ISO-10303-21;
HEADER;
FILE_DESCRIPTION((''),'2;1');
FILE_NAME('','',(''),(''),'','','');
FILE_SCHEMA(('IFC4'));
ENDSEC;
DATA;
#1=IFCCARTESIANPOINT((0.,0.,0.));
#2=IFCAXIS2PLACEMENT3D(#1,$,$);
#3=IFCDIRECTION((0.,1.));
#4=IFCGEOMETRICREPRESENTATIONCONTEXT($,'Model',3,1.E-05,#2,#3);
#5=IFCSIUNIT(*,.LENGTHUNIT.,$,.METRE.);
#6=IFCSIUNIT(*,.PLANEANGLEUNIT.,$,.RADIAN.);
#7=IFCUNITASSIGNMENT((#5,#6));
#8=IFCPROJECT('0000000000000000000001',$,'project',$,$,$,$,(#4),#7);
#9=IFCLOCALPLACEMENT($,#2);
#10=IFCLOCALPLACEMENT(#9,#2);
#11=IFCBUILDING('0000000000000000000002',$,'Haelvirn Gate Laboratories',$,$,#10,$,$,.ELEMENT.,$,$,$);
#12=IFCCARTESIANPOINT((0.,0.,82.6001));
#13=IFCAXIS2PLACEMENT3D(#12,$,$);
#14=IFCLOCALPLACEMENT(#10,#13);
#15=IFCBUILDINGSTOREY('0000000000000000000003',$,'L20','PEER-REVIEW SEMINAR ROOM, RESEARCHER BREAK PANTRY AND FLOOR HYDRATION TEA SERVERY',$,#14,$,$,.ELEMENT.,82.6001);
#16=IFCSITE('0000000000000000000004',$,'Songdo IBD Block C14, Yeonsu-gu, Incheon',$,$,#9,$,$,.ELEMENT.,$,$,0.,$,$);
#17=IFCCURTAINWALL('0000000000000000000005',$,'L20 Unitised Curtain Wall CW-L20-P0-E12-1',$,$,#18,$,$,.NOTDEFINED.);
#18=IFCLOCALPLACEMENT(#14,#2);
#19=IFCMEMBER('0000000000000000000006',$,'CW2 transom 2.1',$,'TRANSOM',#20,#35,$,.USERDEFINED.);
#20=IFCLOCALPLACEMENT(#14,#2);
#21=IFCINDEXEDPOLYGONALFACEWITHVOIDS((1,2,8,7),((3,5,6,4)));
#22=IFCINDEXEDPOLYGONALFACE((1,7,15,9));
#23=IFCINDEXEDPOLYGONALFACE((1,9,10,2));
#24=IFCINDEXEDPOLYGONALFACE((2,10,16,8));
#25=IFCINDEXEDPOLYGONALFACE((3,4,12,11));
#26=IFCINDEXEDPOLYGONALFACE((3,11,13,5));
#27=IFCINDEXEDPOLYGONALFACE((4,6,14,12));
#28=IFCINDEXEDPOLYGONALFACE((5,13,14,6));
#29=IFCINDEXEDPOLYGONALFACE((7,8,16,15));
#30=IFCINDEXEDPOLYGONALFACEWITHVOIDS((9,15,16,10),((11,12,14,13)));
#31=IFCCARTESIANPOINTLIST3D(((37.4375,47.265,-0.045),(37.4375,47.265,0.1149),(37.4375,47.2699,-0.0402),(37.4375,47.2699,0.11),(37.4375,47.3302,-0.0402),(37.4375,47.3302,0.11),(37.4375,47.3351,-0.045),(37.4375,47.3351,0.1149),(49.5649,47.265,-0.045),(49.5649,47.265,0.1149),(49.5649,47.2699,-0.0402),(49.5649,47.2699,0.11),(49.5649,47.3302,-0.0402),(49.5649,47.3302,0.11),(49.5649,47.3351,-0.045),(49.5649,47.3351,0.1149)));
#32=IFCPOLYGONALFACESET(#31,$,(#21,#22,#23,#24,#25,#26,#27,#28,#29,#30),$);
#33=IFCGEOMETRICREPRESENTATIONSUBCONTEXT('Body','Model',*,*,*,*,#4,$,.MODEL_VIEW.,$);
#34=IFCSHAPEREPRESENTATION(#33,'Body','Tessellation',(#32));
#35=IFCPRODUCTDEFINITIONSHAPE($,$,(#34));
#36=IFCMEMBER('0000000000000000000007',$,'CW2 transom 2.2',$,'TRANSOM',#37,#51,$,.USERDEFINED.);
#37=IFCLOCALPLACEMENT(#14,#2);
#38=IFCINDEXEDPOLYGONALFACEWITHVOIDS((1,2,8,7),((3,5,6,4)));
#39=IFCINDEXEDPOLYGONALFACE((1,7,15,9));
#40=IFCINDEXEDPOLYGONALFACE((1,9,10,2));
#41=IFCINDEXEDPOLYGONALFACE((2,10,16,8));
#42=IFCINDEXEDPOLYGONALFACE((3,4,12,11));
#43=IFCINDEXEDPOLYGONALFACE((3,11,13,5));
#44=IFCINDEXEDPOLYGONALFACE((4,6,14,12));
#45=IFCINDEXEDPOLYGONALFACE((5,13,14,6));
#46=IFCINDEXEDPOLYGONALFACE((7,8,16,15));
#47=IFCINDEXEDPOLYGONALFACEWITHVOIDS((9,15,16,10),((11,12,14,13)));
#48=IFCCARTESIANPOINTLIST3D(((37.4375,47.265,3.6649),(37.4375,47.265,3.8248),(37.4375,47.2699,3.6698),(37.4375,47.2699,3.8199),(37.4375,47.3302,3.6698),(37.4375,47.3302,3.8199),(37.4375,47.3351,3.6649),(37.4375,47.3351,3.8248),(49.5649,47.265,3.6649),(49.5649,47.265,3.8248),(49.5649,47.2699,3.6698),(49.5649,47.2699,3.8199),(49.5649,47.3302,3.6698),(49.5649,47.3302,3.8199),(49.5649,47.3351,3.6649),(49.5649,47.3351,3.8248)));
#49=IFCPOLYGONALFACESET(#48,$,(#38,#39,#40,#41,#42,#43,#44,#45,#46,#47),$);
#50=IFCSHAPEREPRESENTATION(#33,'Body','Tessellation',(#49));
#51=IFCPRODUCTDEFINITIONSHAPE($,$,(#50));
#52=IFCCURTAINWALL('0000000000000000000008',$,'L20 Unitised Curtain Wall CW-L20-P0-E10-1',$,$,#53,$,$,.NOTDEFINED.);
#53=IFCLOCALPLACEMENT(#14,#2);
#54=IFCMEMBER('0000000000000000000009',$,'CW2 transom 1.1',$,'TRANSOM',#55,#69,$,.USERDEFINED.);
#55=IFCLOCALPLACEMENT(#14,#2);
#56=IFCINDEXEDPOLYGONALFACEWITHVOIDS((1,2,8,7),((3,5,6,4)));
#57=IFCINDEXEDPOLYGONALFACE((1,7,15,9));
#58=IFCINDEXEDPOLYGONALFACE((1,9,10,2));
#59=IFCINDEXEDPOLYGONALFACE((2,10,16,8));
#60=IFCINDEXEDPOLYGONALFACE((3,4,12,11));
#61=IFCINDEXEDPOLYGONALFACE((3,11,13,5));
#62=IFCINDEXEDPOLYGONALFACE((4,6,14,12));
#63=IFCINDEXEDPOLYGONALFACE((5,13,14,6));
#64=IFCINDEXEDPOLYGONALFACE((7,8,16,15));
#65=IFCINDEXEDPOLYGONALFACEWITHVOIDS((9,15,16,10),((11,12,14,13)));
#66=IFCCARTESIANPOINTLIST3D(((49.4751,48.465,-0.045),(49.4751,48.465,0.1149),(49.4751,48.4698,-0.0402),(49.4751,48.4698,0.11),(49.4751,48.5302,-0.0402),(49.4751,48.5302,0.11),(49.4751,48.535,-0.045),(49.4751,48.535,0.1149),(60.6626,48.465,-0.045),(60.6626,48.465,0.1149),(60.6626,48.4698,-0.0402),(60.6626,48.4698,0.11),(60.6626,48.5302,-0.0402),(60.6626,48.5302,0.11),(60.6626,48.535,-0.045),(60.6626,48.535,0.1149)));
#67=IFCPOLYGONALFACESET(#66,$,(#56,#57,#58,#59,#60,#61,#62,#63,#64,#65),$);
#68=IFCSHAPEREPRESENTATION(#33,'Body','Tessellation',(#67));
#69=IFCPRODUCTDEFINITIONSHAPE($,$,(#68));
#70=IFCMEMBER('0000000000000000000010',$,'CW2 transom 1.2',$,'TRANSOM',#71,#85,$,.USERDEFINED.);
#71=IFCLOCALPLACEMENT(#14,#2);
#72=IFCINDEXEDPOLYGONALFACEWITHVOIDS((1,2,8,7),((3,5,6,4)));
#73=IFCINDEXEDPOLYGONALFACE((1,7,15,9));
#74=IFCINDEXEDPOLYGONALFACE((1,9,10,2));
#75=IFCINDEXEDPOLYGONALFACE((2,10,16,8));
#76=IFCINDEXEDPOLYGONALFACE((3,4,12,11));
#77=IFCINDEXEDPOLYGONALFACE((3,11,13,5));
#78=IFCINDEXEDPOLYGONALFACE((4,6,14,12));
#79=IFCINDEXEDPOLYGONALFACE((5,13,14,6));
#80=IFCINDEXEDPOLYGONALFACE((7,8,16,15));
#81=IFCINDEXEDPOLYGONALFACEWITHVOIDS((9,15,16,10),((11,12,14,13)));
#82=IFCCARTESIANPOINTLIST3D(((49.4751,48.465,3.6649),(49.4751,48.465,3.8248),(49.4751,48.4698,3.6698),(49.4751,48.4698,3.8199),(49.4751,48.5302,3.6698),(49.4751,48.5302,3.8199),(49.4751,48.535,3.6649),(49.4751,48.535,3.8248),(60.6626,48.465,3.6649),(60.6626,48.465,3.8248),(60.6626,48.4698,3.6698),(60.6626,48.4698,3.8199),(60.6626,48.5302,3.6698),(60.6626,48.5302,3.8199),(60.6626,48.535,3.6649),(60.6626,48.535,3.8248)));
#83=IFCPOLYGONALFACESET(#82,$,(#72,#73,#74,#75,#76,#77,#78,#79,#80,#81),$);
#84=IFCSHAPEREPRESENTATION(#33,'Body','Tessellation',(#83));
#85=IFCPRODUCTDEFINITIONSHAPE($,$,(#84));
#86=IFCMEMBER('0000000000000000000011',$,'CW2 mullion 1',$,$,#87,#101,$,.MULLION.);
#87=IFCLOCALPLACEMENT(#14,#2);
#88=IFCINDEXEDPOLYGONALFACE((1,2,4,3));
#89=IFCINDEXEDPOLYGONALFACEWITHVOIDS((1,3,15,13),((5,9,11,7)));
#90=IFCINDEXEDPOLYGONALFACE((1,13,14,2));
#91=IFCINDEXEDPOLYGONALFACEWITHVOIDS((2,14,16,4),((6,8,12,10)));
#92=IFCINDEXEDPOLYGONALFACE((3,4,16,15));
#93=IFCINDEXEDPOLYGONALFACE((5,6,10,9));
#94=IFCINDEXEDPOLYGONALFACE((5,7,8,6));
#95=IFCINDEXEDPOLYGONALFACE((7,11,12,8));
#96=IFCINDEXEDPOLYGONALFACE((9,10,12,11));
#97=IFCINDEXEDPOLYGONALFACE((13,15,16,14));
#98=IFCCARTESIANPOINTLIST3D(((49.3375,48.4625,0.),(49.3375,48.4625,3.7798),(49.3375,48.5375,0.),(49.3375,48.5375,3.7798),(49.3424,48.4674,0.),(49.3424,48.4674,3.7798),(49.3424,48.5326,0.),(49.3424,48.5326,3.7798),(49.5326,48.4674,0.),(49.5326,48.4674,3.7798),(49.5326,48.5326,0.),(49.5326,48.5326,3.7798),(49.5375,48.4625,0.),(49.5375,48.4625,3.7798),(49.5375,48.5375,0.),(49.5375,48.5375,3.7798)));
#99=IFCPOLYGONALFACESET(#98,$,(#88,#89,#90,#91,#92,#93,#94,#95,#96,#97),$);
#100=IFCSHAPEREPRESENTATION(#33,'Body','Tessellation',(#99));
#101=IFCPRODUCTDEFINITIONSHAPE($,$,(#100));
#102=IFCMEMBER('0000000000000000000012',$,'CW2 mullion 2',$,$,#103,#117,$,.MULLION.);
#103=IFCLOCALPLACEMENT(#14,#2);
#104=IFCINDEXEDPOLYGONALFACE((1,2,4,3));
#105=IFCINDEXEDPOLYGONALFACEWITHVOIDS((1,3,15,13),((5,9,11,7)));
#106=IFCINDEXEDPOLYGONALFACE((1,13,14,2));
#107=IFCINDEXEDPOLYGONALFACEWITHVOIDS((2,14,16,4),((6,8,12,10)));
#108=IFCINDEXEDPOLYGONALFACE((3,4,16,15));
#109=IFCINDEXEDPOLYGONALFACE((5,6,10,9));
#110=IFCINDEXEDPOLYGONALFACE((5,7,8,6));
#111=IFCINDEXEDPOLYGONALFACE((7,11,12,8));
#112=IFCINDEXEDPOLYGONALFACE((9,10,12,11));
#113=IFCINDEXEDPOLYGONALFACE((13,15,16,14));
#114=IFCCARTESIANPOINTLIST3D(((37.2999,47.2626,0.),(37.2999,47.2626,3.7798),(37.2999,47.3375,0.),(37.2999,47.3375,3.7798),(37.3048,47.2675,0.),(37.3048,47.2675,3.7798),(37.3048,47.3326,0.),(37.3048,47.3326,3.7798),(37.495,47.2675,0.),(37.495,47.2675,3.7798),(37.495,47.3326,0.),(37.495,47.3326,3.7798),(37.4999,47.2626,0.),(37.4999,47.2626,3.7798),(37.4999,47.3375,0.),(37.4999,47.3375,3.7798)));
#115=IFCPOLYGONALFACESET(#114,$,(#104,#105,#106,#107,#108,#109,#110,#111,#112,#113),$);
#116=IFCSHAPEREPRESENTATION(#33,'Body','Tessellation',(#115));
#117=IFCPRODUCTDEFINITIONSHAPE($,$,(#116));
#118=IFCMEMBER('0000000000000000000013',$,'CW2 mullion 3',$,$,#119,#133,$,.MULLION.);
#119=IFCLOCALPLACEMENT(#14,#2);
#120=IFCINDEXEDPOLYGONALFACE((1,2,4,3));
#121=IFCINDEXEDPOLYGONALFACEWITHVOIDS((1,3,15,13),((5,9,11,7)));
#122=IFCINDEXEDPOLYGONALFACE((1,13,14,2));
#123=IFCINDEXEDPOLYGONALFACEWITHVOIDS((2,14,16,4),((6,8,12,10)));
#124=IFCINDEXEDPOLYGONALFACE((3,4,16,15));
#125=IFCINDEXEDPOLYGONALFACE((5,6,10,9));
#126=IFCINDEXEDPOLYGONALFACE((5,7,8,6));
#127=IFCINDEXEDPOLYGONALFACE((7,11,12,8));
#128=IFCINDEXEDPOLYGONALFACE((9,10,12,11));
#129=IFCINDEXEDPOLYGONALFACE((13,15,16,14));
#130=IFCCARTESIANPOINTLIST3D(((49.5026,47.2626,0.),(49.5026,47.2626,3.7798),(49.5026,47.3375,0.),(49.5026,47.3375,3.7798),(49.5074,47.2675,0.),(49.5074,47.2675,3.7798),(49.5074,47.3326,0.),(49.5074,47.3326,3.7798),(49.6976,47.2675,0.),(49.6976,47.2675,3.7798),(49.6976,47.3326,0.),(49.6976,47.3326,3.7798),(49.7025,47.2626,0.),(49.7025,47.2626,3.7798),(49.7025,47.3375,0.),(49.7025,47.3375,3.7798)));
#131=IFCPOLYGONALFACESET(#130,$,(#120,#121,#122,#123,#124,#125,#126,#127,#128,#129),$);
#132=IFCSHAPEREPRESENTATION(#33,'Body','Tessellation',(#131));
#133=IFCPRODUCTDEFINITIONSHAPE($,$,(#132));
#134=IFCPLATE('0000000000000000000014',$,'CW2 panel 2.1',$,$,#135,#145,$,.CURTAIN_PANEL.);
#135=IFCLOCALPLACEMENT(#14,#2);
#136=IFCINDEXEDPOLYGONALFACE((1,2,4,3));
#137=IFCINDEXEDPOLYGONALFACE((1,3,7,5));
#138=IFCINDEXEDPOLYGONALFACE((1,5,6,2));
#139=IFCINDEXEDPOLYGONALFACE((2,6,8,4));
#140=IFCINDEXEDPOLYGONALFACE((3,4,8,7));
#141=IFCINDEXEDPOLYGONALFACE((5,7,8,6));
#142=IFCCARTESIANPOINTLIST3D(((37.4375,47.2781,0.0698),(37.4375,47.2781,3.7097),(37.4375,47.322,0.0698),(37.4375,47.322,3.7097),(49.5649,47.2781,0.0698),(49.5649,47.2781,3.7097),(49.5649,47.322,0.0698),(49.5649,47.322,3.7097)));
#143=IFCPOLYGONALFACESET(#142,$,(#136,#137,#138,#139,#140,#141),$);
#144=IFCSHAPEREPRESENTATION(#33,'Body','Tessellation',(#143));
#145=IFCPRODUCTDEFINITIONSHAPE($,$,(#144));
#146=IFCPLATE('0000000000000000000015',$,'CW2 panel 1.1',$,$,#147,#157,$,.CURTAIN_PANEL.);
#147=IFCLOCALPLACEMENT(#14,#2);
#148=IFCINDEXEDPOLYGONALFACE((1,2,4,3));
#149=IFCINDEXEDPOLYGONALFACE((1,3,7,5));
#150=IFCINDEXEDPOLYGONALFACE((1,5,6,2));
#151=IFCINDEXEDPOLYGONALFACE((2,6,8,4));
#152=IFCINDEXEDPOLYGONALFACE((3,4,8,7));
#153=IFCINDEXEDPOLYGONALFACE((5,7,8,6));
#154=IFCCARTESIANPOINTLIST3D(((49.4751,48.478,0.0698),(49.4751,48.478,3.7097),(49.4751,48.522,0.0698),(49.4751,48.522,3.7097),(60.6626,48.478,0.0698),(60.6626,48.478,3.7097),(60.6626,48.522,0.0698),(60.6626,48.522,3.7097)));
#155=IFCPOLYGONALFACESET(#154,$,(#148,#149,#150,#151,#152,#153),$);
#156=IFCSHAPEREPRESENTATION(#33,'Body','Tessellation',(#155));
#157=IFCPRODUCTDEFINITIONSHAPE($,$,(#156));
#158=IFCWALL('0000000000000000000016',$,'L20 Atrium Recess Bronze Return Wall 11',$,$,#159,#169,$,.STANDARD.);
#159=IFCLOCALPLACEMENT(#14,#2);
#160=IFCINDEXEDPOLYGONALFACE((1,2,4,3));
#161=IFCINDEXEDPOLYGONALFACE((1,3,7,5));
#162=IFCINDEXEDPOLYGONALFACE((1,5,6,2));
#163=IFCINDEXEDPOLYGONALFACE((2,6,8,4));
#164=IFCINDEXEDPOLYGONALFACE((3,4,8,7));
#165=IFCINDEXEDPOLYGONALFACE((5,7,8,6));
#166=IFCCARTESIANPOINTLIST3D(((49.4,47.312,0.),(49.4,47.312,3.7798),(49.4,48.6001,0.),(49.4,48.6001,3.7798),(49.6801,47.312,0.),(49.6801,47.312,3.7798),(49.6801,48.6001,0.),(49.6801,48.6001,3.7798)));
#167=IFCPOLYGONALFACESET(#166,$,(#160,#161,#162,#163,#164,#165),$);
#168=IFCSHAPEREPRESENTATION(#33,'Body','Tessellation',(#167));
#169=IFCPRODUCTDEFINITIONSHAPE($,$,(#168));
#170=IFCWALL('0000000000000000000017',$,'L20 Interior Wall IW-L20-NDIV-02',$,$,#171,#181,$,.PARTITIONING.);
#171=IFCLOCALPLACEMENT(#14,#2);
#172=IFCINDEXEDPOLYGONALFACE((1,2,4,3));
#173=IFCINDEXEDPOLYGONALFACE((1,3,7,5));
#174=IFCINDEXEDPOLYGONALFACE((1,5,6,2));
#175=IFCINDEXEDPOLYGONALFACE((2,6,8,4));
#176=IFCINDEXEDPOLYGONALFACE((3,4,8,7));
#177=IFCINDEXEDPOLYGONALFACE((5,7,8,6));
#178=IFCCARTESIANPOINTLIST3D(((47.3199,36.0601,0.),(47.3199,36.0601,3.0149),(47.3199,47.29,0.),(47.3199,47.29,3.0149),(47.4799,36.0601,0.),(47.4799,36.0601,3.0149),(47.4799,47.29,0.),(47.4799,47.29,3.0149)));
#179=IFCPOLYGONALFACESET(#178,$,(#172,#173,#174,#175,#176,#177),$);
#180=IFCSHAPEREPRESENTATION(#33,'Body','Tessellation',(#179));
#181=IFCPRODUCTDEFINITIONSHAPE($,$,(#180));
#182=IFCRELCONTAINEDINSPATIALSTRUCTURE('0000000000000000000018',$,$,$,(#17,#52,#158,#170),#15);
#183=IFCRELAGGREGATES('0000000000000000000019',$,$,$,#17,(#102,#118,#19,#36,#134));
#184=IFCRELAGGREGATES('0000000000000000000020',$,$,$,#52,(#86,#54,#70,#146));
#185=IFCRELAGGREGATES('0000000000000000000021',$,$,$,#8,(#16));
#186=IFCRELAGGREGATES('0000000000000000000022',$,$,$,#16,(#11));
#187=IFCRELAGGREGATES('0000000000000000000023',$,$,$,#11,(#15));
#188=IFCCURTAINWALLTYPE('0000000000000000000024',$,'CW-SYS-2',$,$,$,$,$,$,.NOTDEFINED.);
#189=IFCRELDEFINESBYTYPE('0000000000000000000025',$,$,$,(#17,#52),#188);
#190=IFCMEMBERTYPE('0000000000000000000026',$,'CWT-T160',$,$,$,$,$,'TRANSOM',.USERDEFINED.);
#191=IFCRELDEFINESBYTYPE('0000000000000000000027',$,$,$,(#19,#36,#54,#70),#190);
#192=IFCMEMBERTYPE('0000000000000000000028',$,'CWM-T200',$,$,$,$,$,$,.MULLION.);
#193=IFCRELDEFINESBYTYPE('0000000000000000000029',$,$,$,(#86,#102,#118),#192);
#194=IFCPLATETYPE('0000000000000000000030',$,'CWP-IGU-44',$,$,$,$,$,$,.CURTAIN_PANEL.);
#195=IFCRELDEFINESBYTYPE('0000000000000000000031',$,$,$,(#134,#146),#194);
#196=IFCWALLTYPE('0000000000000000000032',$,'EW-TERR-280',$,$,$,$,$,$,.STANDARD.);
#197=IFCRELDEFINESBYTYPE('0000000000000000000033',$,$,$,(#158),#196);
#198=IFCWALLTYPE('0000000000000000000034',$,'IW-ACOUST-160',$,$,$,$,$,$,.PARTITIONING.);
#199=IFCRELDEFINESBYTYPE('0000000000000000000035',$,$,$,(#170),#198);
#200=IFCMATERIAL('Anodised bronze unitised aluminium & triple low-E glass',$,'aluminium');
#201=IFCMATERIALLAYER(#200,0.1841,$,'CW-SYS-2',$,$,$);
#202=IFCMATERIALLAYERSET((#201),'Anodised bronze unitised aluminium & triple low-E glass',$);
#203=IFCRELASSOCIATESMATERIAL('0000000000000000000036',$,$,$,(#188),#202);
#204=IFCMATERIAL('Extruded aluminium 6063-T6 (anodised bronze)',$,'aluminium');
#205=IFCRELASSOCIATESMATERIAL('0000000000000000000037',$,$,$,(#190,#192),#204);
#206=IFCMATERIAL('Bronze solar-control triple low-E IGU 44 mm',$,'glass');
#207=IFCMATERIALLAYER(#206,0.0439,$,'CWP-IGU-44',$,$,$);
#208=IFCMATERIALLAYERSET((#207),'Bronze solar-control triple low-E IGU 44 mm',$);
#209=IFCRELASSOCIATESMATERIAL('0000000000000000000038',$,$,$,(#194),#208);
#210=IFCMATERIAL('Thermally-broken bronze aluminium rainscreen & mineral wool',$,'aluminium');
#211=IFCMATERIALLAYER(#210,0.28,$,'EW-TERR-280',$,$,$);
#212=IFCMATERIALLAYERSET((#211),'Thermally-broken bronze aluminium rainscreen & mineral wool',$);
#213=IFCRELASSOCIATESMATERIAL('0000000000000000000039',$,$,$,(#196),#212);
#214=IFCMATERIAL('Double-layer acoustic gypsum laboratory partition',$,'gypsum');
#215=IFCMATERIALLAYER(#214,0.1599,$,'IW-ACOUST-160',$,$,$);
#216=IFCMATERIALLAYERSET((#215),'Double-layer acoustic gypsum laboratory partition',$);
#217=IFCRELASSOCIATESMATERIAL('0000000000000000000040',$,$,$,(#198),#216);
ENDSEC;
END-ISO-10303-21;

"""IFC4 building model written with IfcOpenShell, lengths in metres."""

from ifc_helpers import new_model, si_unit, direction, frame, frame_2d, origin, origin_2d, place, context, subcontext, project, spatial, rectangle, hollow_rectangle, extrude, source, transform, mapped, material, layer, layer_set, material_profile, profile_set, type_object, type_shapes, element, aggregate, save


model = new_model("IFC4")

# Units and contexts
model_context = context("Model", 3, precision=1e-05, world=origin(), true_north=direction((0.0, 1.0)))
body_context = subcontext(model_context, "Body", "Model", "MODEL_VIEW")
ifc_project = project(units=[si_unit("LENGTHUNIT", "METRE"), si_unit("PLANEANGLEUNIT", "RADIAN")], contexts=[model_context])

# Site, building, storey
site_placement = place(None, origin())
site = spatial("IfcSite", under=ifc_project, at=site_placement, Name="Songdo IBD Block C14, Yeonsu-gu, Incheon", CompositionType="ELEMENT", RefElevation=0.0)
building_placement = place(site_placement, origin())
building = spatial("IfcBuilding", under=site, at=building_placement, Name="Haelvirn Gate Laboratories", CompositionType="ELEMENT")
storey_placement = place(building_placement, frame((0.0, 0.0, 82.6001)))
storey = spatial("IfcBuildingStorey", under=building, at=storey_placement, Name="L20", Description="PEER-REVIEW SEMINAR ROOM, RESEARCHER BREAK PANTRY AND FLOOR HYDRATION TEA SERVERY", CompositionType="ELEMENT", Elevation=82.6001)

# Curtain walls, members
ifc_material_1 = material(Name="Anodised bronze unitised aluminium & triple low-E glass", Category="aluminium")
ifc_layer_1 = layer(ifc_material_1, 0.1841, Name="CW-SYS-2")
ifc_layer_set_1 = layer_set([ifc_layer_1], Name="Anodised bronze unitised aluminium & triple low-E glass")
curtain_wall_type = type_object("IfcCurtainWallType", Name="CW-SYS-2", PredefinedType="NOTDEFINED", material=ifc_layer_set_1)
curtain_wall_1_placement = place(storey_placement, origin())
curtain_wall_1 = element("IfcCurtainWall", 1, at=curtain_wall_1_placement, inside=storey, type_object=curtain_wall_type, Name="L20 Unitised Curtain Wall CW-L20-P0-E12-1", PredefinedType="NOTDEFINED")
ifc_material_2 = material(Name="Extruded aluminium 6063-T6 (anodised bronze)", Category="aluminium")
ifc_material_profile_1 = material_profile(ifc_material_2, hollow_rectangle(XDim=0.0701, YDim=0.1599, WallThickness=0.0049, at=origin_2d()), Name="CWT-160x70x5")
ifc_profile_set_1 = profile_set([ifc_material_profile_1], Name="Extruded aluminium 6063-T6 (anodised bronze)")
member_type_1 = type_object("IfcMemberType", Name="CWT-T160", ElementType="TRANSOM", PredefinedType="USERDEFINED", material=ifc_profile_set_1)
shared_shape_1 = source(origin(), body_context, "Body", "SweptSolid", [
    extrude(hollow_rectangle(XDim=0.0701, YDim=0.1599, WallThickness=0.0049, at=origin_2d()), origin(), (0.0, 0.0, 1.0), 12.1274),
])
member_1_placement = place(storey_placement, frame((37.4375, 47.3, 0.0349), z_axis=(1.0, 0.0, 0.0), x_axis=(0.0, 1.0, 0.0)))
member_1 = element("IfcMember", 2, at=member_1_placement, type_object=member_type_1, Name="CW2 transom 2.1", ObjectType="TRANSOM", PredefinedType="USERDEFINED", context=body_context, shape_type="MappedRepresentation", body=[
    mapped(shared_shape_1, transform((0.0, 0.0, 0.0), scale=1.0)),
])
member_2_placement = place(storey_placement, frame((37.4375, 47.3, 3.7449), z_axis=(1.0, 0.0, 0.0), x_axis=(0.0, 1.0, 0.0)))
member_2 = element("IfcMember", 3, at=member_2_placement, type_object=member_type_1, Name="CW2 transom 2.2", ObjectType="TRANSOM", PredefinedType="USERDEFINED", context=body_context, shape_type="MappedRepresentation", body=[
    mapped(shared_shape_1, transform((0.0, 0.0, 0.0), scale=1.0)),
])
curtain_wall_2_placement = place(storey_placement, origin())
curtain_wall_2 = element("IfcCurtainWall", 4, at=curtain_wall_2_placement, inside=storey, type_object=curtain_wall_type, Name="L20 Unitised Curtain Wall CW-L20-P0-E10-1", PredefinedType="NOTDEFINED")
shared_shape_2 = source(origin(), body_context, "Body", "SweptSolid", [
    extrude(hollow_rectangle(XDim=0.0701, YDim=0.1599, WallThickness=0.0049, at=origin_2d()), origin(), (0.0, 0.0, 1.0), 11.1875),
])
type_shapes(member_type_1, [shared_shape_1, shared_shape_2])
member_3_placement = place(storey_placement, frame((49.4751, 48.5, 0.0349), z_axis=(1.0, 0.0, 0.0), x_axis=(0.0, 1.0, 0.0)))
member_3 = element("IfcMember", 5, at=member_3_placement, type_object=member_type_1, Name="CW2 transom 1.1", ObjectType="TRANSOM", PredefinedType="USERDEFINED", context=body_context, shape_type="MappedRepresentation", body=[
    mapped(shared_shape_2, transform((0.0, 0.0, 0.0), scale=1.0)),
])
member_4_placement = place(storey_placement, frame((49.4751, 48.5, 3.7449), z_axis=(1.0, 0.0, 0.0), x_axis=(0.0, 1.0, 0.0)))
member_4 = element("IfcMember", 6, at=member_4_placement, type_object=member_type_1, Name="CW2 transom 1.2", ObjectType="TRANSOM", PredefinedType="USERDEFINED", context=body_context, shape_type="MappedRepresentation", body=[
    mapped(shared_shape_2, transform((0.0, 0.0, 0.0), scale=1.0)),
])
ifc_material_profile_2 = material_profile(ifc_material_2, hollow_rectangle(XDim=0.075, YDim=0.2, WallThickness=0.0049, at=origin_2d()), Name="CWM-200x75x5")
ifc_profile_set_2 = profile_set([ifc_material_profile_2], Name="Extruded aluminium 6063-T6 (anodised bronze)")
member_type_2 = type_object("IfcMemberType", Name="CWM-T200", PredefinedType="MULLION", material=ifc_profile_set_2)
shared_shape_3 = source(origin(), body_context, "Body", "SweptSolid", [
    extrude(hollow_rectangle(XDim=0.075, YDim=0.2, WallThickness=0.0049, at=origin_2d()), origin(), (0.0, 0.0, 1.0), 3.7798),
])
type_shapes(member_type_2, [shared_shape_3])
member_5_placement = place(storey_placement, frame((49.4375, 48.5, 0.0), z_axis=(0.0, 0.0, 1.0), x_axis=(0.0, 1.0, 0.0)))
member_5 = element("IfcMember", 7, at=member_5_placement, type_object=member_type_2, Name="CW2 mullion 1", PredefinedType="MULLION", context=body_context, shape_type="MappedRepresentation", body=[
    mapped(shared_shape_3, transform((0.0, 0.0, 0.0), scale=1.0)),
])

# Members
member_6_placement = place(storey_placement, frame((37.3999, 47.3, 0.0), z_axis=(0.0, 0.0, 1.0), x_axis=(0.0, 1.0, 0.0)))
member_6 = element("IfcMember", 8, at=member_6_placement, type_object=member_type_2, Name="CW2 mullion 2", PredefinedType="MULLION", context=body_context, shape_type="MappedRepresentation", body=[
    mapped(shared_shape_3, transform((0.0, 0.0, 0.0), scale=1.0)),
])
member_7_placement = place(storey_placement, frame((49.6025, 47.3, 0.0), z_axis=(0.0, 0.0, 1.0), x_axis=(0.0, 1.0, 0.0)))
member_7 = element("IfcMember", 9, at=member_7_placement, type_object=member_type_2, Name="CW2 mullion 3", PredefinedType="MULLION", context=body_context, shape_type="MappedRepresentation", body=[
    mapped(shared_shape_3, transform((0.0, 0.0, 0.0), scale=1.0)),
])

# Plates
ifc_material_3 = material(Name="Bronze solar-control triple low-E IGU 44 mm", Category="glass")
ifc_layer_2 = layer(ifc_material_3, 0.0439, Name="CWP-IGU-44")
ifc_layer_set_2 = layer_set([ifc_layer_2], Name="Bronze solar-control triple low-E IGU 44 mm")
plate_type = type_object("IfcPlateType", Name="CWP-IGU-44", PredefinedType="CURTAIN_PANEL", material=ifc_layer_set_2)
shared_shape_4 = source(origin(), body_context, "Body", "SweptSolid", [
    extrude(rectangle(XDim=12.1274, YDim=0.0439, at=origin_2d()), origin(), (0.0, 0.0, 1.0), 3.6399),
])
plate_1_placement = place(storey_placement, frame((43.5012, 47.3, 0.0698), z_axis=(0.0, 0.0, 1.0), x_axis=(1.0, 0.0, 0.0)))
plate_1 = element("IfcPlate", 10, at=plate_1_placement, type_object=plate_type, Name="CW2 panel 2.1", PredefinedType="CURTAIN_PANEL", context=body_context, shape_type="MappedRepresentation", body=[
    mapped(shared_shape_4, transform((0.0, 0.0, 0.0), scale=1.0)),
])
aggregate(curtain_wall_1, [member_6, member_7, member_1, member_2, plate_1])
shared_shape_5 = source(origin(), body_context, "Body", "SweptSolid", [
    extrude(rectangle(XDim=11.1875, YDim=0.0439, at=origin_2d()), origin(), (0.0, 0.0, 1.0), 3.6399),
])
type_shapes(plate_type, [shared_shape_4, shared_shape_5])
plate_2_placement = place(storey_placement, frame((55.0688, 48.5, 0.0698), z_axis=(0.0, 0.0, 1.0), x_axis=(1.0, 0.0, 0.0)))
plate_2 = element("IfcPlate", 11, at=plate_2_placement, type_object=plate_type, Name="CW2 panel 1.1", PredefinedType="CURTAIN_PANEL", context=body_context, shape_type="MappedRepresentation", body=[
    mapped(shared_shape_5, transform((0.0, 0.0, 0.0), scale=1.0)),
])
aggregate(curtain_wall_2, [member_5, member_3, member_4, plate_2])

# Walls
ifc_material_4 = material(Name="Thermally-broken bronze aluminium rainscreen & mineral wool", Category="aluminium")
ifc_layer_3 = layer(ifc_material_4, 0.28, Name="EW-TERR-280")
ifc_layer_set_3 = layer_set([ifc_layer_3], Name="Thermally-broken bronze aluminium rainscreen & mineral wool")
wall_type_1 = type_object("IfcWallType", Name="EW-TERR-280", PredefinedType="STANDARD", material=ifc_layer_set_3)
wall_1_placement = place(storey_placement, frame((49.54, 48.6001, 0.0), z_axis=(0.0, 0.0, 1.0), x_axis=(0.0, -1.0, 0.0)))
element("IfcWall", 12, at=wall_1_placement, inside=storey, type_object=wall_type_1, Name="L20 Atrium Recess Bronze Return Wall 11", PredefinedType="STANDARD", context=body_context, shape_type="SweptSolid", body=[
    extrude(rectangle(XDim=1.2881, YDim=0.28, at=frame_2d((0.644, 0.0))), origin(), (0.0, 0.0, 1.0), 3.7798),
])
ifc_material_5 = material(Name="Double-layer acoustic gypsum laboratory partition", Category="gypsum")
ifc_layer_4 = layer(ifc_material_5, 0.1599, Name="IW-ACOUST-160")
ifc_layer_set_4 = layer_set([ifc_layer_4], Name="Double-layer acoustic gypsum laboratory partition")
wall_type_2 = type_object("IfcWallType", Name="IW-ACOUST-160", PredefinedType="PARTITIONING", material=ifc_layer_set_4)
wall_2_placement = place(storey_placement, frame((47.3999, 36.0601, 0.0), z_axis=(0.0, 0.0, 1.0), x_axis=(0.0, 1.0, 0.0)))
element("IfcWall", 13, at=wall_2_placement, inside=storey, type_object=wall_type_2, Name="L20 Interior Wall IW-L20-NDIV-02", PredefinedType="PARTITIONING", context=body_context, shape_type="SweptSolid", body=[
    extrude(rectangle(XDim=11.23, YDim=0.1599, at=frame_2d((5.615, 0.0))), origin(), (0.0, 0.0, 1.0), 3.0149),
])

save(model, "model.ifc")
